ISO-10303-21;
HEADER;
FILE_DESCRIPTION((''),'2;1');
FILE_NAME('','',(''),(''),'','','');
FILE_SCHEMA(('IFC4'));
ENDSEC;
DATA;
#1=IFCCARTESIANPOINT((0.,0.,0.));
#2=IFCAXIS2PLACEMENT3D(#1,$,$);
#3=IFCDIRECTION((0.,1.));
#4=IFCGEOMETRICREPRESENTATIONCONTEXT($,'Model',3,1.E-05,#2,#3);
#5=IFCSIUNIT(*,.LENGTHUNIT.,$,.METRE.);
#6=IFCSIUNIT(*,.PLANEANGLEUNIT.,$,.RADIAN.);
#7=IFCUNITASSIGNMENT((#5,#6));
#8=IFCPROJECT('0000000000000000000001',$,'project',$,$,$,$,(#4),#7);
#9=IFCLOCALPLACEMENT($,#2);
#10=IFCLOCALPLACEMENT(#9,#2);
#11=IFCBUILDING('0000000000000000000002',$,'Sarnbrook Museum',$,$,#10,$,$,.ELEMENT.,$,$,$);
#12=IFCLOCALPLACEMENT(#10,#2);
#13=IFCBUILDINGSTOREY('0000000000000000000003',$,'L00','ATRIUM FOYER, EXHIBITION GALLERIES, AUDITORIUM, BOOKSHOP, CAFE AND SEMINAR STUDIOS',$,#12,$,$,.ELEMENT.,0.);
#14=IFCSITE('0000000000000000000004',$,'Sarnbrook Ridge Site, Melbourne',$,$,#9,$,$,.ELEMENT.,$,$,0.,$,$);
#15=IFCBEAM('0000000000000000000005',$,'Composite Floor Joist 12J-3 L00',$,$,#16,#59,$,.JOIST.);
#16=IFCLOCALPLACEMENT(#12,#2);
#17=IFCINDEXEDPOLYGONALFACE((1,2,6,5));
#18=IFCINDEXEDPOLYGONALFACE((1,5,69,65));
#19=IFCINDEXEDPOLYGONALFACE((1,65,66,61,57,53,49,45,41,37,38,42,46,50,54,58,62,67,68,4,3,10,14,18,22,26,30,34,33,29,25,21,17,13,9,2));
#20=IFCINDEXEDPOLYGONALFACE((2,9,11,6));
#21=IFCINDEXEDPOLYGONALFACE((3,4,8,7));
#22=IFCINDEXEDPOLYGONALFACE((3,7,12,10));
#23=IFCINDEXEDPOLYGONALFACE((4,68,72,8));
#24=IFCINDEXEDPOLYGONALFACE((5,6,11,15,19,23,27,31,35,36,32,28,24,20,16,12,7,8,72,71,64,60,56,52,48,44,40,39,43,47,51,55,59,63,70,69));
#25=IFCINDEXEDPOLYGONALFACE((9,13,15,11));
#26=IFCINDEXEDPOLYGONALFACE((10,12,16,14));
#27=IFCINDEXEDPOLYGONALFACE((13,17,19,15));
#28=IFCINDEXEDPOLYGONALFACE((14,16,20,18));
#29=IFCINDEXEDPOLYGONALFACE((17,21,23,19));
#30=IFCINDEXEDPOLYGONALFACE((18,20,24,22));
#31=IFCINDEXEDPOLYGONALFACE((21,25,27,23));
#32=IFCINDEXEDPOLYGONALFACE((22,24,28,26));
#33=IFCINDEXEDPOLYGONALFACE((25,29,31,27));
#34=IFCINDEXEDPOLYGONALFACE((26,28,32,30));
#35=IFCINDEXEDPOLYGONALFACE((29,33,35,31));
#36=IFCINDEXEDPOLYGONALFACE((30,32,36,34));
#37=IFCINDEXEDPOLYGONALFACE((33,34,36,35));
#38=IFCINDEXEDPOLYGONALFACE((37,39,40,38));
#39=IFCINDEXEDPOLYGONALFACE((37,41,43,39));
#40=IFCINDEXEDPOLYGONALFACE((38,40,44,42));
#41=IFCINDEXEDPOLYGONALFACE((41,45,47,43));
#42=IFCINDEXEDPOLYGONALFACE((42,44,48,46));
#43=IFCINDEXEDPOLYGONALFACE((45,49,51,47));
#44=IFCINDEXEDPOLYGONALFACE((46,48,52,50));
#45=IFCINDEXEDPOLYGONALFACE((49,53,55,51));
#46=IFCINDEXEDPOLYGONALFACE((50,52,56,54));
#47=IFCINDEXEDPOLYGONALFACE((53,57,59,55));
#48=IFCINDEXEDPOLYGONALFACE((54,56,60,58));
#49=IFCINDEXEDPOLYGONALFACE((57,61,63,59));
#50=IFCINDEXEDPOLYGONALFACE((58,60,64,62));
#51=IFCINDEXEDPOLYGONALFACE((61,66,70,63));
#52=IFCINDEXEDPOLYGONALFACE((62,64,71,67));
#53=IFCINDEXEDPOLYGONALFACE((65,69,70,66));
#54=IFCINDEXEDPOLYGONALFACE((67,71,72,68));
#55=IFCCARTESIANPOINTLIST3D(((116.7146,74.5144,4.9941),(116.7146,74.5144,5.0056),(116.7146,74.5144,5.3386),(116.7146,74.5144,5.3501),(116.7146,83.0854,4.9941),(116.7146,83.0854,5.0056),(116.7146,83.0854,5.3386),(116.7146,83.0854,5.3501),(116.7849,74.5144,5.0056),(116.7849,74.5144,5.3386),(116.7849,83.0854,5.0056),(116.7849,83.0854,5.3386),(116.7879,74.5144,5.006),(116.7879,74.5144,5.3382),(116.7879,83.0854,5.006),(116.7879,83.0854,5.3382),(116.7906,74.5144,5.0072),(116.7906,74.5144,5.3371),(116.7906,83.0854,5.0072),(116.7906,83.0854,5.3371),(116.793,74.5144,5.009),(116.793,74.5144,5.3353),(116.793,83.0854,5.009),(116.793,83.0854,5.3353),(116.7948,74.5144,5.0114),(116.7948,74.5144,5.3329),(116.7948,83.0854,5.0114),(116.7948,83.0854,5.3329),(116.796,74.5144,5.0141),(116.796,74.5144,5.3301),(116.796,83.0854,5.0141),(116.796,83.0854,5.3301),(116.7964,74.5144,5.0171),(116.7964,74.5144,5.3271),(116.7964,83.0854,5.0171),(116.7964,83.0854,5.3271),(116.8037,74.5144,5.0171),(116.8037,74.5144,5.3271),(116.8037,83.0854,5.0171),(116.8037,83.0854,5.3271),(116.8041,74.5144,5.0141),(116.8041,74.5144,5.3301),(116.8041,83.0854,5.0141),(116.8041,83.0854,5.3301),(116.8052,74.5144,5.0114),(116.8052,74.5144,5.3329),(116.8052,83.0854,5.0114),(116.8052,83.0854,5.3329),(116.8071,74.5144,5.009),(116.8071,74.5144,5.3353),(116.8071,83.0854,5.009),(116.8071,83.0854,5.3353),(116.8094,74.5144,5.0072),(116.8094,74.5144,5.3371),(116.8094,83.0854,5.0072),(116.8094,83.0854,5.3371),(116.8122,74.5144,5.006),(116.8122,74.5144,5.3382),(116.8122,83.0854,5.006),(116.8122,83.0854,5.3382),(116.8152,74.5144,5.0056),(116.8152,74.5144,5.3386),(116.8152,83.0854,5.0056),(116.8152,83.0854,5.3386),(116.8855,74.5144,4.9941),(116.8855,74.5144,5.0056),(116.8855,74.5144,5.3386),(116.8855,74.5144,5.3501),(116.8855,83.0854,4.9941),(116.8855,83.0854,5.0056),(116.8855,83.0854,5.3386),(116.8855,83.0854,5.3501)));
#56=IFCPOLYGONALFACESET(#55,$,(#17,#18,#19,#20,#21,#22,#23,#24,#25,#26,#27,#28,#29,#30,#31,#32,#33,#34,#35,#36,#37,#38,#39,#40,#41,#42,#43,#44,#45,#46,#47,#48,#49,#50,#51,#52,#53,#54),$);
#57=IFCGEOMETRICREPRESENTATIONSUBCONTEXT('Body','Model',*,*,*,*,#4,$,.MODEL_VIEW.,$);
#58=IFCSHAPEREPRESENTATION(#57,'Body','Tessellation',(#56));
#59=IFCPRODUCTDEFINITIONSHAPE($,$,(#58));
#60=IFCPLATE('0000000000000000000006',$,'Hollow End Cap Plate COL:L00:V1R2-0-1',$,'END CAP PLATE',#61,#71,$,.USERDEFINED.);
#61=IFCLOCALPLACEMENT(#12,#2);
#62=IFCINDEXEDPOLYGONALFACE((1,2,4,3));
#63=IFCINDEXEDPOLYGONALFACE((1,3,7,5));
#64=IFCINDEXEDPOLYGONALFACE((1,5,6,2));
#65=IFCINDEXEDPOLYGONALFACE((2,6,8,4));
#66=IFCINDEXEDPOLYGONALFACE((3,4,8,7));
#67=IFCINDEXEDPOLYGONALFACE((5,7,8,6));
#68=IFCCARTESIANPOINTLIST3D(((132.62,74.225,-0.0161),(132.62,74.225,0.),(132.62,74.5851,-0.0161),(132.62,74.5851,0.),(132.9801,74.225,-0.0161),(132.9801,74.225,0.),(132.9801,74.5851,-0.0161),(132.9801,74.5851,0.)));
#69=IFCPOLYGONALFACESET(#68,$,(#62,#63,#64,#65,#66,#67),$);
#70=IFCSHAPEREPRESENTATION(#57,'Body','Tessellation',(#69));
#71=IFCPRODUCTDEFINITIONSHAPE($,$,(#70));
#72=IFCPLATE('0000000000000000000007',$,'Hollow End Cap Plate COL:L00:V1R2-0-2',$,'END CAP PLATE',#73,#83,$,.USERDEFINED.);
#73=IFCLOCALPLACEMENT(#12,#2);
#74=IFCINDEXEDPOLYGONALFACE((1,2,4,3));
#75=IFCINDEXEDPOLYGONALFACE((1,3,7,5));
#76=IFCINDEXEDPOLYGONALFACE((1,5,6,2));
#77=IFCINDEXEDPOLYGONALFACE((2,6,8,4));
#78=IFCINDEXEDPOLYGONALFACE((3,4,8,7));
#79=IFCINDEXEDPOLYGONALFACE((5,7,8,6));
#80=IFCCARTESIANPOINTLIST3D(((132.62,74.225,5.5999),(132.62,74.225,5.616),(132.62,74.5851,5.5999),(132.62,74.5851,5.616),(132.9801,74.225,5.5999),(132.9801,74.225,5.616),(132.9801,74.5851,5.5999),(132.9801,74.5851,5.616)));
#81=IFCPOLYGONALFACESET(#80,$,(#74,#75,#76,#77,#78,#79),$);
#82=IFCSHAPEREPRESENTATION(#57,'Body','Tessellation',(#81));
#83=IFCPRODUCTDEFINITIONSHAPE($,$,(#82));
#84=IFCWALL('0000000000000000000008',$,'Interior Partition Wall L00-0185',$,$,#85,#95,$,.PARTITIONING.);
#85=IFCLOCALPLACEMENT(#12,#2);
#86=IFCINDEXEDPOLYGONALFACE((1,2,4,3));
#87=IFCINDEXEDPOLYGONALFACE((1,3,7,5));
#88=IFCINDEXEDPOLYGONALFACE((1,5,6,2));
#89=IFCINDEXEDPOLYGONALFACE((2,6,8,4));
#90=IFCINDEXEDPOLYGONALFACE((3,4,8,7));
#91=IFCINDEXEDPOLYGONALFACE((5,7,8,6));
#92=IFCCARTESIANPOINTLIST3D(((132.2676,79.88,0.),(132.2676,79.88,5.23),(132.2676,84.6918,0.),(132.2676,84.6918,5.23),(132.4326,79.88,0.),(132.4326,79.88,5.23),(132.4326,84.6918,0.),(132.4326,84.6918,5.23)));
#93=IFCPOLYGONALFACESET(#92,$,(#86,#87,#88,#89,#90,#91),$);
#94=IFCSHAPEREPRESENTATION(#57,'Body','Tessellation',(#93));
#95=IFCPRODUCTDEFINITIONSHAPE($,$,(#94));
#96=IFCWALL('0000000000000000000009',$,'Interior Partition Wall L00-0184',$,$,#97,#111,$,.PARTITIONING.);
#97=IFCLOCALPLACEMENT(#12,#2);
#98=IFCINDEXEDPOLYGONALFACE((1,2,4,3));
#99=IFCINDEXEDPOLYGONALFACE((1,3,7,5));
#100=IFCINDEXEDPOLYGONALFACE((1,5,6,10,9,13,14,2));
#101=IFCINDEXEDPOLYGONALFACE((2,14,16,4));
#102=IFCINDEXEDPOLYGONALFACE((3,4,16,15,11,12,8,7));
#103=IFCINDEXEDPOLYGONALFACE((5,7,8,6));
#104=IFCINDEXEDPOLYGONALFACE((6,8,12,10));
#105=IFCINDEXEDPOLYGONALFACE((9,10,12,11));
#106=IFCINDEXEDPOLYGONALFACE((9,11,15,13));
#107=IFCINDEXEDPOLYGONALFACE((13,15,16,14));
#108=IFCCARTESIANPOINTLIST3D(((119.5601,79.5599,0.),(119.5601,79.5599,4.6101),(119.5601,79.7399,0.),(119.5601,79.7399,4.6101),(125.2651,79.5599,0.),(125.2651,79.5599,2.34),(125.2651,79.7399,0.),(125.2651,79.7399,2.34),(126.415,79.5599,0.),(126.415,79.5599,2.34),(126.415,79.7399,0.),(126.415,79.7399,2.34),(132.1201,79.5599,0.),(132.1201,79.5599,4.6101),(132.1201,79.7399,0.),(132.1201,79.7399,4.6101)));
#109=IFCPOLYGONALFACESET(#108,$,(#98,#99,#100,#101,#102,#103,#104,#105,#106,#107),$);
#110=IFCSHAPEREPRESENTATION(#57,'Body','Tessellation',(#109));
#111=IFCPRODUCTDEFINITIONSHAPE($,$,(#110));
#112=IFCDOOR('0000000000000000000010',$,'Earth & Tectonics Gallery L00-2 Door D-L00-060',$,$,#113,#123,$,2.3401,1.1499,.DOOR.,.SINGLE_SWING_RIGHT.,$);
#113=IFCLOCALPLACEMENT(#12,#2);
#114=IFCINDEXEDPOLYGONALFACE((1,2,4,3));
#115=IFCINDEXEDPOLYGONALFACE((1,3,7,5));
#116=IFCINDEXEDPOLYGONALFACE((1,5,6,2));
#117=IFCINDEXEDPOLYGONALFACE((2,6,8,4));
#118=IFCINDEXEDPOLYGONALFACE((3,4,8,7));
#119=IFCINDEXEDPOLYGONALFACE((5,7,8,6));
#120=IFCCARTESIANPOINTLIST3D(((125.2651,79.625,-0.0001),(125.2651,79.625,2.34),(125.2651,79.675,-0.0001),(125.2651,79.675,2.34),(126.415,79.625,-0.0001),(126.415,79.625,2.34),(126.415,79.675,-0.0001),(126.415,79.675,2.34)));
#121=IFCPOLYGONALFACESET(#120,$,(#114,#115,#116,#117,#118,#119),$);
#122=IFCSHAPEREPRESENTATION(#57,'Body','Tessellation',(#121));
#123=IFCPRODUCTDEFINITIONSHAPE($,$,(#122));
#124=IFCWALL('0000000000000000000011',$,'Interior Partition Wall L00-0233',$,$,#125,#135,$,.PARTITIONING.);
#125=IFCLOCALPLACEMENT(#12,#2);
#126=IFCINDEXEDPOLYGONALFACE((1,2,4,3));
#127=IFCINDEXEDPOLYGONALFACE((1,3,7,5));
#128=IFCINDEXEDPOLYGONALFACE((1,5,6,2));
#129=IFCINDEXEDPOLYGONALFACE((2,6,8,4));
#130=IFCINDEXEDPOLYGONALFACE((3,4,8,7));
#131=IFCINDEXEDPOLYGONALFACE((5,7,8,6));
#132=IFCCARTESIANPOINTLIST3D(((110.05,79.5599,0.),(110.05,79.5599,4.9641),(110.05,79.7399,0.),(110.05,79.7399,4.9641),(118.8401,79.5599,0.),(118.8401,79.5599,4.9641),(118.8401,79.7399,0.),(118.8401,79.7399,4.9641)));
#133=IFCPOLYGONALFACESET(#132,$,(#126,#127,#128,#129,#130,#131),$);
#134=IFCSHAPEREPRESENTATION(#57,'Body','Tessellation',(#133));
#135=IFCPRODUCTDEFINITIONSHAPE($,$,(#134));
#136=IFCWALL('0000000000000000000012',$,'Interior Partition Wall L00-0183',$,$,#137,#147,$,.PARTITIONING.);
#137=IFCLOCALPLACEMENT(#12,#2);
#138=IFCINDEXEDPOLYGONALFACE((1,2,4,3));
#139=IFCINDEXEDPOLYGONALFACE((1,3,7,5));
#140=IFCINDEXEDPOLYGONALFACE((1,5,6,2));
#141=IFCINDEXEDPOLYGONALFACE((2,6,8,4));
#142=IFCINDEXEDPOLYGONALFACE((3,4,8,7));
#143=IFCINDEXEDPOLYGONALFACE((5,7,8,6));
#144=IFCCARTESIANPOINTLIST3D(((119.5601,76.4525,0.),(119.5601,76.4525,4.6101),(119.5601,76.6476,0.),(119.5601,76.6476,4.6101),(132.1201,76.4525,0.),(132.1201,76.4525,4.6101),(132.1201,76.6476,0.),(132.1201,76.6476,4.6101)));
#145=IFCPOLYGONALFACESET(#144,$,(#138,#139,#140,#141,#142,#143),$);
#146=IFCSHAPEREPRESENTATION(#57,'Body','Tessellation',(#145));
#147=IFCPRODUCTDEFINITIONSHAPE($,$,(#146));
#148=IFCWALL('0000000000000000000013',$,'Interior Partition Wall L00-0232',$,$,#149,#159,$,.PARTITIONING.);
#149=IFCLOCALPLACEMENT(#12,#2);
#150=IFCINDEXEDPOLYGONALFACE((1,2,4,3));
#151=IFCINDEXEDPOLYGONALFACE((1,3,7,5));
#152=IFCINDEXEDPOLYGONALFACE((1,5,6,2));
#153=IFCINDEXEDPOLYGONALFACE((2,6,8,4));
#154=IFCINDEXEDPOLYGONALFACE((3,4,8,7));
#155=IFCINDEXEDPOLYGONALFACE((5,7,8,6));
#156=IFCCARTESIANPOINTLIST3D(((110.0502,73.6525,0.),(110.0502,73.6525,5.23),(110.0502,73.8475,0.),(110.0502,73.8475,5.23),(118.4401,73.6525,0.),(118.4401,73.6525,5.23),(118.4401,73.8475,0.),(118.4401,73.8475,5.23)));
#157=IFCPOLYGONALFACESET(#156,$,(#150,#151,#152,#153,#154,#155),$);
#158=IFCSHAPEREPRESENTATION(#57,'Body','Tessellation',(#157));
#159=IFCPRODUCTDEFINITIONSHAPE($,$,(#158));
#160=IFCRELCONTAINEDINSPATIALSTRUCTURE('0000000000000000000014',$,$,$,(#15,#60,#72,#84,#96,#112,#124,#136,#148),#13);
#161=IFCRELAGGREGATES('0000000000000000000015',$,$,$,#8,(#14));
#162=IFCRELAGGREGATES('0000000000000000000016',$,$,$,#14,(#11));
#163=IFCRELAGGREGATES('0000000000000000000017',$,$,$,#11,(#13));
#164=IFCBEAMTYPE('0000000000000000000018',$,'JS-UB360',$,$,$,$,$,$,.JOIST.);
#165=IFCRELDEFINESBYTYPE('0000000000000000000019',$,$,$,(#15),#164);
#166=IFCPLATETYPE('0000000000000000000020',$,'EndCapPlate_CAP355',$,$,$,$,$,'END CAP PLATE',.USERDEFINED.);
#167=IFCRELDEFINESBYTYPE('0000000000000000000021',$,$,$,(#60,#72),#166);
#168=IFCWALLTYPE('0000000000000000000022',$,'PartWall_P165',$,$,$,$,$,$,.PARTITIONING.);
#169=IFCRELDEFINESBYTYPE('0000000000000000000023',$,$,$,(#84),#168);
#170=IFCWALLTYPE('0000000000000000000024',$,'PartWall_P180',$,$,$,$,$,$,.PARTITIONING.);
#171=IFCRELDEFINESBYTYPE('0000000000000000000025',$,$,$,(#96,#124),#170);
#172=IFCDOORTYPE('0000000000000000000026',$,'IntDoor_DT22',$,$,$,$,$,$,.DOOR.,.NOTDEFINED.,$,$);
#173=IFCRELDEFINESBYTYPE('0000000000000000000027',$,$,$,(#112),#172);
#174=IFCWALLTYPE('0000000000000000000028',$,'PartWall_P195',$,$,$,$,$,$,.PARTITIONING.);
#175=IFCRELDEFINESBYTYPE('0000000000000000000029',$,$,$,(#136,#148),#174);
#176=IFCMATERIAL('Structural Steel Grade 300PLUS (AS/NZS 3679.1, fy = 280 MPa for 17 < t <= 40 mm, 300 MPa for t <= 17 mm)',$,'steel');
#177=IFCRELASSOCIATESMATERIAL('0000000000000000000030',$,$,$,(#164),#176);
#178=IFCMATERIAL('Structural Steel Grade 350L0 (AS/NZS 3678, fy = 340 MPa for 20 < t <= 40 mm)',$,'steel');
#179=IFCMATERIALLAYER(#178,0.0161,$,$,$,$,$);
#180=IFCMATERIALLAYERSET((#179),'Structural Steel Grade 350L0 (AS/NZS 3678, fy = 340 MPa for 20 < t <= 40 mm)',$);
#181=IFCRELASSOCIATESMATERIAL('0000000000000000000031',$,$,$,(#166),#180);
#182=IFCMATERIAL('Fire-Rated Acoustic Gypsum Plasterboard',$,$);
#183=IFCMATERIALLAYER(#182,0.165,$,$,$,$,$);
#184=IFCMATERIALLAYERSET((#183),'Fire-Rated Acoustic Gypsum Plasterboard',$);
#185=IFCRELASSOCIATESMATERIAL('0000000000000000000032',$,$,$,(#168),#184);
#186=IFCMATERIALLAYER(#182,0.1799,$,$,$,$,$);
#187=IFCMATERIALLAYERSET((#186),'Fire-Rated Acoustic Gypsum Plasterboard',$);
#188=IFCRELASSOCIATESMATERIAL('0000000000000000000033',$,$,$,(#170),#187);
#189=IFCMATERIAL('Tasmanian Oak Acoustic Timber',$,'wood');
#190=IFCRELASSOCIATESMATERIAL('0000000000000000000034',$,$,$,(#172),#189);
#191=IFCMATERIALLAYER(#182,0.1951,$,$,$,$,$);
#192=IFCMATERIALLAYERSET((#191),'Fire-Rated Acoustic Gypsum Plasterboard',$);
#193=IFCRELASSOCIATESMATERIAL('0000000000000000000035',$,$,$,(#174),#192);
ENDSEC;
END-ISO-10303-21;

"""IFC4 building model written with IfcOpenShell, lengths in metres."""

from ifc_helpers import new_model, si_unit, direction, frame, frame_2d, origin, origin_2d, place, context, subcontext, project, spatial, rectangle, i_section, extrude, material, layer, layer_set, material_profile, profile_set, type_object, element, fill, save


model = new_model("IFC4")

# Units and contexts
model_context = context("Model", 3, precision=1e-05, world=origin(), true_north=direction((0.0, 1.0)))
body_context = subcontext(model_context, "Body", "Model", "MODEL_VIEW")
ifc_project = project(units=[si_unit("LENGTHUNIT", "METRE"), si_unit("PLANEANGLEUNIT", "RADIAN")], contexts=[model_context])

# Site, building, storey
site_placement = place(None, origin())
site = spatial("IfcSite", under=ifc_project, at=site_placement, Name="Sarnbrook Ridge Site, Melbourne", CompositionType="ELEMENT", RefElevation=0.0)
building_placement = place(site_placement, origin())
building = spatial("IfcBuilding", under=site, at=building_placement, Name="Sarnbrook Museum", CompositionType="ELEMENT")
storey_placement = place(building_placement, origin())
storey = spatial("IfcBuildingStorey", under=building, at=storey_placement, Name="L00", Description="ATRIUM FOYER, EXHIBITION GALLERIES, AUDITORIUM, BOOKSHOP, CAFE AND SEMINAR STUDIOS", CompositionType="ELEMENT", Elevation=0.0)

# Shared definitions
ifc_material_1 = material(Name="Structural Steel Grade 350L0 (AS/NZS 3678, fy = 340 MPa for 20 < t <= 40 mm)", Category="steel")

# Beam
ifc_material_2 = material(Name="Structural Steel Grade 300PLUS (AS/NZS 3679.1, fy = 280 MPa for 17 < t <= 40 mm, 300 MPa for t <= 17 mm)", Category="steel")
ifc_material_profile_1 = material_profile(ifc_material_2, i_section(OverallWidth=0.1709, OverallDepth=0.356, WebThickness=0.0073, FlangeThickness=0.0115, FilletRadius=0.0115, at=origin_2d()), Name="360UB50.7")
ifc_profile_set_1 = profile_set([ifc_material_profile_1], Name="Structural Steel Grade 300PLUS (AS/NZS 3679.1, fy = 280 MPa for 17 < t <= 40 mm, 300 MPa for t <= 17 mm)")
beam_type_1 = type_object("IfcBeamType", Name="JS-UB360", PredefinedType="JOIST", material=ifc_profile_set_1)
beam_1_placement = place(storey_placement, frame((116.8, 74.5144, 5.1721), z_axis=(0.0, 1.0, 0.0), x_axis=(-1.0, 0.0, 0.0)))
element("IfcBeam", 1, at=beam_1_placement, inside=storey, type_object=beam_type_1, Name="Composite Floor Joist 12J-3 L00", PredefinedType="JOIST", context=body_context, shape_type="SweptSolid", body=[
    extrude(i_section(OverallWidth=0.1709, OverallDepth=0.356, WebThickness=0.0073, FlangeThickness=0.0115, FilletRadius=0.0115, at=origin_2d()), origin(), (0.0, 0.0, 1.0), 8.571),
])

# Plates
ifc_layer_1 = layer(ifc_material_1, 0.0161)
ifc_layer_set_1 = layer_set([ifc_layer_1], Name="Structural Steel Grade 350L0 (AS/NZS 3678, fy = 340 MPa for 20 < t <= 40 mm)")
plate_type = type_object("IfcPlateType", Name="EndCapPlate_CAP355", ElementType="END CAP PLATE", PredefinedType="USERDEFINED", material=ifc_layer_set_1)
for number, where, z_axis, x_axis, name in (
    (2, (132.8, 74.405, -0.0161), (0.0, 0.0, 1.0), (1.0, 0.0, 0.0), "Hollow End Cap Plate COL:L00:V1R2-0-1"),
    (3, (132.8, 74.405, 5.5999), (0.0, 0.0, 1.0), (1.0, 0.0, 0.0), "Hollow End Cap Plate COL:L00:V1R2-0-2"),
):
    element("IfcPlate", number, at=place(storey_placement, frame(where, z_axis=z_axis, x_axis=x_axis)), inside=storey, type_object=plate_type, Name=name, ObjectType="END CAP PLATE", PredefinedType="USERDEFINED", context=body_context, shape_type="SweptSolid", body=[
        extrude(rectangle(XDim=0.3601, YDim=0.3601, at=origin_2d()), origin(), (0.0, 0.0, 1.0), 0.0161),
    ])

# Wall
ifc_material_3 = material(Name="Fire-Rated Acoustic Gypsum Plasterboard")
ifc_layer_2 = layer(ifc_material_3, 0.165)
ifc_layer_set_2 = layer_set([ifc_layer_2], Name="Fire-Rated Acoustic Gypsum Plasterboard")
wall_type_1 = type_object("IfcWallType", Name="PartWall_P165", PredefinedType="PARTITIONING", material=ifc_layer_set_2)
wall_1_placement = place(storey_placement, frame((132.3501, 84.6917, 0.0), z_axis=(0.0, 0.0, 1.0), x_axis=(0.0, -1.0, 0.0)))
element("IfcWall", 4, at=wall_1_placement, inside=storey, type_object=wall_type_1, Name="Interior Partition Wall L00-0185", PredefinedType="PARTITIONING", context=body_context, shape_type="SweptSolid", body=[
    extrude(rectangle(XDim=4.8118, YDim=0.165, at=frame_2d((2.4058, 0.0))), origin(), (0.0, 0.0, 1.0), 5.23),
])

# Wall, opening, door
ifc_layer_3 = layer(ifc_material_3, 0.1799)
ifc_layer_set_3 = layer_set([ifc_layer_3], Name="Fire-Rated Acoustic Gypsum Plasterboard")
wall_type_2 = type_object("IfcWallType", Name="PartWall_P180", PredefinedType="PARTITIONING", material=ifc_layer_set_3)
wall_2_placement = place(storey_placement, frame((132.1201, 79.6499, 0.0), z_axis=(0.0, 0.0, 1.0), x_axis=(-1.0, 0.0, 0.0)))
wall_2 = element("IfcWall", 5, at=wall_2_placement, inside=storey, type_object=wall_type_2, Name="Interior Partition Wall L00-0184", PredefinedType="PARTITIONING", context=body_context, shape_type="SweptSolid", body=[
    extrude(rectangle(XDim=12.5601, YDim=0.1799, at=frame_2d((6.28, 0.0))), origin(), (0.0, 0.0, 1.0), 4.6101),
])
opening_1_placement = place(wall_2_placement, frame((5.7051, 0.0, 0.0)))
opening_1 = element("IfcOpeningElement", 6, at=opening_1_placement, cuts=wall_2, PredefinedType="OPENING", context=body_context, shape_type="SweptSolid", body=[
    extrude(rectangle(XDim=1.1499, YDim=2.3401, at=frame_2d((0.575, 1.1699))), frame((0.0, 0.1001, 0.0), z_axis=(0.0, -1.0, 0.0), x_axis=(1.0, 0.0, 0.0)), (0.0, 0.0, 1.0), 0.2),
])
ifc_material_4 = material(Name="Tasmanian Oak Acoustic Timber", Category="wood")
door_type_1 = type_object("IfcDoorType", Name="IntDoor_DT22", OperationType="NOTDEFINED", PredefinedType="DOOR", material=ifc_material_4)
door_1_placement = place(opening_1_placement, origin())
door_1 = element("IfcDoor", 7, at=door_1_placement, inside=storey, type_object=door_type_1, Name="Earth & Tectonics Gallery L00-2 Door D-L00-060", OperationType="SINGLE_SWING_RIGHT", OverallHeight=2.3401, OverallWidth=1.1499, PredefinedType="DOOR", context=body_context, shape_type="SweptSolid", body=[
    extrude(rectangle(XDim=1.1499, YDim=2.3401, at=frame_2d((0.575, 1.1699))), frame((0.0, 0.0249, 0.0), z_axis=(0.0, -1.0, 0.0), x_axis=(1.0, 0.0, 0.0)), (0.0, 0.0, 1.0), 0.05),
])
fill(opening_1, door_1)

# Walls
wall_3_placement = place(storey_placement, frame((118.8401, 79.6499, 0.0), z_axis=(0.0, 0.0, 1.0), x_axis=(-1.0, 0.0, 0.0)))
element("IfcWall", 8, at=wall_3_placement, inside=storey, type_object=wall_type_2, Name="Interior Partition Wall L00-0233", PredefinedType="PARTITIONING", context=body_context, shape_type="SweptSolid", body=[
    extrude(rectangle(XDim=8.79, YDim=0.1799, at=frame_2d((4.395, 0.0))), origin(), (0.0, 0.0, 1.0), 4.9641),
])
ifc_layer_4 = layer(ifc_material_3, 0.1951)
ifc_layer_set_4 = layer_set([ifc_layer_4], Name="Fire-Rated Acoustic Gypsum Plasterboard")
wall_type_3 = type_object("IfcWallType", Name="PartWall_P195", PredefinedType="PARTITIONING", material=ifc_layer_set_4)
wall_4_placement = place(storey_placement, frame((119.5601, 76.55, 0.0), z_axis=(0.0, 0.0, 1.0), x_axis=(1.0, 0.0, 0.0)))
element("IfcWall", 9, at=wall_4_placement, inside=storey, type_object=wall_type_3, Name="Interior Partition Wall L00-0183", PredefinedType="PARTITIONING", context=body_context, shape_type="SweptSolid", body=[
    extrude(rectangle(XDim=12.5601, YDim=0.1951, at=frame_2d((6.28, 0.0))), origin(), (0.0, 0.0, 1.0), 4.6101),
])
wall_5_placement = place(storey_placement, frame((118.4399, 73.75, 0.0), z_axis=(0.0, 0.0, 1.0), x_axis=(-1.0, 0.0, 0.0)))
element("IfcWall", 10, at=wall_5_placement, inside=storey, type_object=wall_type_3, Name="Interior Partition Wall L00-0232", PredefinedType="PARTITIONING", context=body_context, shape_type="SweptSolid", body=[
    extrude(rectangle(XDim=8.3899, YDim=0.1951, at=frame_2d((4.1948, 0.0))), origin(), (0.0, 0.0, 1.0), 5.23),
])

save(model, "model.ifc")
